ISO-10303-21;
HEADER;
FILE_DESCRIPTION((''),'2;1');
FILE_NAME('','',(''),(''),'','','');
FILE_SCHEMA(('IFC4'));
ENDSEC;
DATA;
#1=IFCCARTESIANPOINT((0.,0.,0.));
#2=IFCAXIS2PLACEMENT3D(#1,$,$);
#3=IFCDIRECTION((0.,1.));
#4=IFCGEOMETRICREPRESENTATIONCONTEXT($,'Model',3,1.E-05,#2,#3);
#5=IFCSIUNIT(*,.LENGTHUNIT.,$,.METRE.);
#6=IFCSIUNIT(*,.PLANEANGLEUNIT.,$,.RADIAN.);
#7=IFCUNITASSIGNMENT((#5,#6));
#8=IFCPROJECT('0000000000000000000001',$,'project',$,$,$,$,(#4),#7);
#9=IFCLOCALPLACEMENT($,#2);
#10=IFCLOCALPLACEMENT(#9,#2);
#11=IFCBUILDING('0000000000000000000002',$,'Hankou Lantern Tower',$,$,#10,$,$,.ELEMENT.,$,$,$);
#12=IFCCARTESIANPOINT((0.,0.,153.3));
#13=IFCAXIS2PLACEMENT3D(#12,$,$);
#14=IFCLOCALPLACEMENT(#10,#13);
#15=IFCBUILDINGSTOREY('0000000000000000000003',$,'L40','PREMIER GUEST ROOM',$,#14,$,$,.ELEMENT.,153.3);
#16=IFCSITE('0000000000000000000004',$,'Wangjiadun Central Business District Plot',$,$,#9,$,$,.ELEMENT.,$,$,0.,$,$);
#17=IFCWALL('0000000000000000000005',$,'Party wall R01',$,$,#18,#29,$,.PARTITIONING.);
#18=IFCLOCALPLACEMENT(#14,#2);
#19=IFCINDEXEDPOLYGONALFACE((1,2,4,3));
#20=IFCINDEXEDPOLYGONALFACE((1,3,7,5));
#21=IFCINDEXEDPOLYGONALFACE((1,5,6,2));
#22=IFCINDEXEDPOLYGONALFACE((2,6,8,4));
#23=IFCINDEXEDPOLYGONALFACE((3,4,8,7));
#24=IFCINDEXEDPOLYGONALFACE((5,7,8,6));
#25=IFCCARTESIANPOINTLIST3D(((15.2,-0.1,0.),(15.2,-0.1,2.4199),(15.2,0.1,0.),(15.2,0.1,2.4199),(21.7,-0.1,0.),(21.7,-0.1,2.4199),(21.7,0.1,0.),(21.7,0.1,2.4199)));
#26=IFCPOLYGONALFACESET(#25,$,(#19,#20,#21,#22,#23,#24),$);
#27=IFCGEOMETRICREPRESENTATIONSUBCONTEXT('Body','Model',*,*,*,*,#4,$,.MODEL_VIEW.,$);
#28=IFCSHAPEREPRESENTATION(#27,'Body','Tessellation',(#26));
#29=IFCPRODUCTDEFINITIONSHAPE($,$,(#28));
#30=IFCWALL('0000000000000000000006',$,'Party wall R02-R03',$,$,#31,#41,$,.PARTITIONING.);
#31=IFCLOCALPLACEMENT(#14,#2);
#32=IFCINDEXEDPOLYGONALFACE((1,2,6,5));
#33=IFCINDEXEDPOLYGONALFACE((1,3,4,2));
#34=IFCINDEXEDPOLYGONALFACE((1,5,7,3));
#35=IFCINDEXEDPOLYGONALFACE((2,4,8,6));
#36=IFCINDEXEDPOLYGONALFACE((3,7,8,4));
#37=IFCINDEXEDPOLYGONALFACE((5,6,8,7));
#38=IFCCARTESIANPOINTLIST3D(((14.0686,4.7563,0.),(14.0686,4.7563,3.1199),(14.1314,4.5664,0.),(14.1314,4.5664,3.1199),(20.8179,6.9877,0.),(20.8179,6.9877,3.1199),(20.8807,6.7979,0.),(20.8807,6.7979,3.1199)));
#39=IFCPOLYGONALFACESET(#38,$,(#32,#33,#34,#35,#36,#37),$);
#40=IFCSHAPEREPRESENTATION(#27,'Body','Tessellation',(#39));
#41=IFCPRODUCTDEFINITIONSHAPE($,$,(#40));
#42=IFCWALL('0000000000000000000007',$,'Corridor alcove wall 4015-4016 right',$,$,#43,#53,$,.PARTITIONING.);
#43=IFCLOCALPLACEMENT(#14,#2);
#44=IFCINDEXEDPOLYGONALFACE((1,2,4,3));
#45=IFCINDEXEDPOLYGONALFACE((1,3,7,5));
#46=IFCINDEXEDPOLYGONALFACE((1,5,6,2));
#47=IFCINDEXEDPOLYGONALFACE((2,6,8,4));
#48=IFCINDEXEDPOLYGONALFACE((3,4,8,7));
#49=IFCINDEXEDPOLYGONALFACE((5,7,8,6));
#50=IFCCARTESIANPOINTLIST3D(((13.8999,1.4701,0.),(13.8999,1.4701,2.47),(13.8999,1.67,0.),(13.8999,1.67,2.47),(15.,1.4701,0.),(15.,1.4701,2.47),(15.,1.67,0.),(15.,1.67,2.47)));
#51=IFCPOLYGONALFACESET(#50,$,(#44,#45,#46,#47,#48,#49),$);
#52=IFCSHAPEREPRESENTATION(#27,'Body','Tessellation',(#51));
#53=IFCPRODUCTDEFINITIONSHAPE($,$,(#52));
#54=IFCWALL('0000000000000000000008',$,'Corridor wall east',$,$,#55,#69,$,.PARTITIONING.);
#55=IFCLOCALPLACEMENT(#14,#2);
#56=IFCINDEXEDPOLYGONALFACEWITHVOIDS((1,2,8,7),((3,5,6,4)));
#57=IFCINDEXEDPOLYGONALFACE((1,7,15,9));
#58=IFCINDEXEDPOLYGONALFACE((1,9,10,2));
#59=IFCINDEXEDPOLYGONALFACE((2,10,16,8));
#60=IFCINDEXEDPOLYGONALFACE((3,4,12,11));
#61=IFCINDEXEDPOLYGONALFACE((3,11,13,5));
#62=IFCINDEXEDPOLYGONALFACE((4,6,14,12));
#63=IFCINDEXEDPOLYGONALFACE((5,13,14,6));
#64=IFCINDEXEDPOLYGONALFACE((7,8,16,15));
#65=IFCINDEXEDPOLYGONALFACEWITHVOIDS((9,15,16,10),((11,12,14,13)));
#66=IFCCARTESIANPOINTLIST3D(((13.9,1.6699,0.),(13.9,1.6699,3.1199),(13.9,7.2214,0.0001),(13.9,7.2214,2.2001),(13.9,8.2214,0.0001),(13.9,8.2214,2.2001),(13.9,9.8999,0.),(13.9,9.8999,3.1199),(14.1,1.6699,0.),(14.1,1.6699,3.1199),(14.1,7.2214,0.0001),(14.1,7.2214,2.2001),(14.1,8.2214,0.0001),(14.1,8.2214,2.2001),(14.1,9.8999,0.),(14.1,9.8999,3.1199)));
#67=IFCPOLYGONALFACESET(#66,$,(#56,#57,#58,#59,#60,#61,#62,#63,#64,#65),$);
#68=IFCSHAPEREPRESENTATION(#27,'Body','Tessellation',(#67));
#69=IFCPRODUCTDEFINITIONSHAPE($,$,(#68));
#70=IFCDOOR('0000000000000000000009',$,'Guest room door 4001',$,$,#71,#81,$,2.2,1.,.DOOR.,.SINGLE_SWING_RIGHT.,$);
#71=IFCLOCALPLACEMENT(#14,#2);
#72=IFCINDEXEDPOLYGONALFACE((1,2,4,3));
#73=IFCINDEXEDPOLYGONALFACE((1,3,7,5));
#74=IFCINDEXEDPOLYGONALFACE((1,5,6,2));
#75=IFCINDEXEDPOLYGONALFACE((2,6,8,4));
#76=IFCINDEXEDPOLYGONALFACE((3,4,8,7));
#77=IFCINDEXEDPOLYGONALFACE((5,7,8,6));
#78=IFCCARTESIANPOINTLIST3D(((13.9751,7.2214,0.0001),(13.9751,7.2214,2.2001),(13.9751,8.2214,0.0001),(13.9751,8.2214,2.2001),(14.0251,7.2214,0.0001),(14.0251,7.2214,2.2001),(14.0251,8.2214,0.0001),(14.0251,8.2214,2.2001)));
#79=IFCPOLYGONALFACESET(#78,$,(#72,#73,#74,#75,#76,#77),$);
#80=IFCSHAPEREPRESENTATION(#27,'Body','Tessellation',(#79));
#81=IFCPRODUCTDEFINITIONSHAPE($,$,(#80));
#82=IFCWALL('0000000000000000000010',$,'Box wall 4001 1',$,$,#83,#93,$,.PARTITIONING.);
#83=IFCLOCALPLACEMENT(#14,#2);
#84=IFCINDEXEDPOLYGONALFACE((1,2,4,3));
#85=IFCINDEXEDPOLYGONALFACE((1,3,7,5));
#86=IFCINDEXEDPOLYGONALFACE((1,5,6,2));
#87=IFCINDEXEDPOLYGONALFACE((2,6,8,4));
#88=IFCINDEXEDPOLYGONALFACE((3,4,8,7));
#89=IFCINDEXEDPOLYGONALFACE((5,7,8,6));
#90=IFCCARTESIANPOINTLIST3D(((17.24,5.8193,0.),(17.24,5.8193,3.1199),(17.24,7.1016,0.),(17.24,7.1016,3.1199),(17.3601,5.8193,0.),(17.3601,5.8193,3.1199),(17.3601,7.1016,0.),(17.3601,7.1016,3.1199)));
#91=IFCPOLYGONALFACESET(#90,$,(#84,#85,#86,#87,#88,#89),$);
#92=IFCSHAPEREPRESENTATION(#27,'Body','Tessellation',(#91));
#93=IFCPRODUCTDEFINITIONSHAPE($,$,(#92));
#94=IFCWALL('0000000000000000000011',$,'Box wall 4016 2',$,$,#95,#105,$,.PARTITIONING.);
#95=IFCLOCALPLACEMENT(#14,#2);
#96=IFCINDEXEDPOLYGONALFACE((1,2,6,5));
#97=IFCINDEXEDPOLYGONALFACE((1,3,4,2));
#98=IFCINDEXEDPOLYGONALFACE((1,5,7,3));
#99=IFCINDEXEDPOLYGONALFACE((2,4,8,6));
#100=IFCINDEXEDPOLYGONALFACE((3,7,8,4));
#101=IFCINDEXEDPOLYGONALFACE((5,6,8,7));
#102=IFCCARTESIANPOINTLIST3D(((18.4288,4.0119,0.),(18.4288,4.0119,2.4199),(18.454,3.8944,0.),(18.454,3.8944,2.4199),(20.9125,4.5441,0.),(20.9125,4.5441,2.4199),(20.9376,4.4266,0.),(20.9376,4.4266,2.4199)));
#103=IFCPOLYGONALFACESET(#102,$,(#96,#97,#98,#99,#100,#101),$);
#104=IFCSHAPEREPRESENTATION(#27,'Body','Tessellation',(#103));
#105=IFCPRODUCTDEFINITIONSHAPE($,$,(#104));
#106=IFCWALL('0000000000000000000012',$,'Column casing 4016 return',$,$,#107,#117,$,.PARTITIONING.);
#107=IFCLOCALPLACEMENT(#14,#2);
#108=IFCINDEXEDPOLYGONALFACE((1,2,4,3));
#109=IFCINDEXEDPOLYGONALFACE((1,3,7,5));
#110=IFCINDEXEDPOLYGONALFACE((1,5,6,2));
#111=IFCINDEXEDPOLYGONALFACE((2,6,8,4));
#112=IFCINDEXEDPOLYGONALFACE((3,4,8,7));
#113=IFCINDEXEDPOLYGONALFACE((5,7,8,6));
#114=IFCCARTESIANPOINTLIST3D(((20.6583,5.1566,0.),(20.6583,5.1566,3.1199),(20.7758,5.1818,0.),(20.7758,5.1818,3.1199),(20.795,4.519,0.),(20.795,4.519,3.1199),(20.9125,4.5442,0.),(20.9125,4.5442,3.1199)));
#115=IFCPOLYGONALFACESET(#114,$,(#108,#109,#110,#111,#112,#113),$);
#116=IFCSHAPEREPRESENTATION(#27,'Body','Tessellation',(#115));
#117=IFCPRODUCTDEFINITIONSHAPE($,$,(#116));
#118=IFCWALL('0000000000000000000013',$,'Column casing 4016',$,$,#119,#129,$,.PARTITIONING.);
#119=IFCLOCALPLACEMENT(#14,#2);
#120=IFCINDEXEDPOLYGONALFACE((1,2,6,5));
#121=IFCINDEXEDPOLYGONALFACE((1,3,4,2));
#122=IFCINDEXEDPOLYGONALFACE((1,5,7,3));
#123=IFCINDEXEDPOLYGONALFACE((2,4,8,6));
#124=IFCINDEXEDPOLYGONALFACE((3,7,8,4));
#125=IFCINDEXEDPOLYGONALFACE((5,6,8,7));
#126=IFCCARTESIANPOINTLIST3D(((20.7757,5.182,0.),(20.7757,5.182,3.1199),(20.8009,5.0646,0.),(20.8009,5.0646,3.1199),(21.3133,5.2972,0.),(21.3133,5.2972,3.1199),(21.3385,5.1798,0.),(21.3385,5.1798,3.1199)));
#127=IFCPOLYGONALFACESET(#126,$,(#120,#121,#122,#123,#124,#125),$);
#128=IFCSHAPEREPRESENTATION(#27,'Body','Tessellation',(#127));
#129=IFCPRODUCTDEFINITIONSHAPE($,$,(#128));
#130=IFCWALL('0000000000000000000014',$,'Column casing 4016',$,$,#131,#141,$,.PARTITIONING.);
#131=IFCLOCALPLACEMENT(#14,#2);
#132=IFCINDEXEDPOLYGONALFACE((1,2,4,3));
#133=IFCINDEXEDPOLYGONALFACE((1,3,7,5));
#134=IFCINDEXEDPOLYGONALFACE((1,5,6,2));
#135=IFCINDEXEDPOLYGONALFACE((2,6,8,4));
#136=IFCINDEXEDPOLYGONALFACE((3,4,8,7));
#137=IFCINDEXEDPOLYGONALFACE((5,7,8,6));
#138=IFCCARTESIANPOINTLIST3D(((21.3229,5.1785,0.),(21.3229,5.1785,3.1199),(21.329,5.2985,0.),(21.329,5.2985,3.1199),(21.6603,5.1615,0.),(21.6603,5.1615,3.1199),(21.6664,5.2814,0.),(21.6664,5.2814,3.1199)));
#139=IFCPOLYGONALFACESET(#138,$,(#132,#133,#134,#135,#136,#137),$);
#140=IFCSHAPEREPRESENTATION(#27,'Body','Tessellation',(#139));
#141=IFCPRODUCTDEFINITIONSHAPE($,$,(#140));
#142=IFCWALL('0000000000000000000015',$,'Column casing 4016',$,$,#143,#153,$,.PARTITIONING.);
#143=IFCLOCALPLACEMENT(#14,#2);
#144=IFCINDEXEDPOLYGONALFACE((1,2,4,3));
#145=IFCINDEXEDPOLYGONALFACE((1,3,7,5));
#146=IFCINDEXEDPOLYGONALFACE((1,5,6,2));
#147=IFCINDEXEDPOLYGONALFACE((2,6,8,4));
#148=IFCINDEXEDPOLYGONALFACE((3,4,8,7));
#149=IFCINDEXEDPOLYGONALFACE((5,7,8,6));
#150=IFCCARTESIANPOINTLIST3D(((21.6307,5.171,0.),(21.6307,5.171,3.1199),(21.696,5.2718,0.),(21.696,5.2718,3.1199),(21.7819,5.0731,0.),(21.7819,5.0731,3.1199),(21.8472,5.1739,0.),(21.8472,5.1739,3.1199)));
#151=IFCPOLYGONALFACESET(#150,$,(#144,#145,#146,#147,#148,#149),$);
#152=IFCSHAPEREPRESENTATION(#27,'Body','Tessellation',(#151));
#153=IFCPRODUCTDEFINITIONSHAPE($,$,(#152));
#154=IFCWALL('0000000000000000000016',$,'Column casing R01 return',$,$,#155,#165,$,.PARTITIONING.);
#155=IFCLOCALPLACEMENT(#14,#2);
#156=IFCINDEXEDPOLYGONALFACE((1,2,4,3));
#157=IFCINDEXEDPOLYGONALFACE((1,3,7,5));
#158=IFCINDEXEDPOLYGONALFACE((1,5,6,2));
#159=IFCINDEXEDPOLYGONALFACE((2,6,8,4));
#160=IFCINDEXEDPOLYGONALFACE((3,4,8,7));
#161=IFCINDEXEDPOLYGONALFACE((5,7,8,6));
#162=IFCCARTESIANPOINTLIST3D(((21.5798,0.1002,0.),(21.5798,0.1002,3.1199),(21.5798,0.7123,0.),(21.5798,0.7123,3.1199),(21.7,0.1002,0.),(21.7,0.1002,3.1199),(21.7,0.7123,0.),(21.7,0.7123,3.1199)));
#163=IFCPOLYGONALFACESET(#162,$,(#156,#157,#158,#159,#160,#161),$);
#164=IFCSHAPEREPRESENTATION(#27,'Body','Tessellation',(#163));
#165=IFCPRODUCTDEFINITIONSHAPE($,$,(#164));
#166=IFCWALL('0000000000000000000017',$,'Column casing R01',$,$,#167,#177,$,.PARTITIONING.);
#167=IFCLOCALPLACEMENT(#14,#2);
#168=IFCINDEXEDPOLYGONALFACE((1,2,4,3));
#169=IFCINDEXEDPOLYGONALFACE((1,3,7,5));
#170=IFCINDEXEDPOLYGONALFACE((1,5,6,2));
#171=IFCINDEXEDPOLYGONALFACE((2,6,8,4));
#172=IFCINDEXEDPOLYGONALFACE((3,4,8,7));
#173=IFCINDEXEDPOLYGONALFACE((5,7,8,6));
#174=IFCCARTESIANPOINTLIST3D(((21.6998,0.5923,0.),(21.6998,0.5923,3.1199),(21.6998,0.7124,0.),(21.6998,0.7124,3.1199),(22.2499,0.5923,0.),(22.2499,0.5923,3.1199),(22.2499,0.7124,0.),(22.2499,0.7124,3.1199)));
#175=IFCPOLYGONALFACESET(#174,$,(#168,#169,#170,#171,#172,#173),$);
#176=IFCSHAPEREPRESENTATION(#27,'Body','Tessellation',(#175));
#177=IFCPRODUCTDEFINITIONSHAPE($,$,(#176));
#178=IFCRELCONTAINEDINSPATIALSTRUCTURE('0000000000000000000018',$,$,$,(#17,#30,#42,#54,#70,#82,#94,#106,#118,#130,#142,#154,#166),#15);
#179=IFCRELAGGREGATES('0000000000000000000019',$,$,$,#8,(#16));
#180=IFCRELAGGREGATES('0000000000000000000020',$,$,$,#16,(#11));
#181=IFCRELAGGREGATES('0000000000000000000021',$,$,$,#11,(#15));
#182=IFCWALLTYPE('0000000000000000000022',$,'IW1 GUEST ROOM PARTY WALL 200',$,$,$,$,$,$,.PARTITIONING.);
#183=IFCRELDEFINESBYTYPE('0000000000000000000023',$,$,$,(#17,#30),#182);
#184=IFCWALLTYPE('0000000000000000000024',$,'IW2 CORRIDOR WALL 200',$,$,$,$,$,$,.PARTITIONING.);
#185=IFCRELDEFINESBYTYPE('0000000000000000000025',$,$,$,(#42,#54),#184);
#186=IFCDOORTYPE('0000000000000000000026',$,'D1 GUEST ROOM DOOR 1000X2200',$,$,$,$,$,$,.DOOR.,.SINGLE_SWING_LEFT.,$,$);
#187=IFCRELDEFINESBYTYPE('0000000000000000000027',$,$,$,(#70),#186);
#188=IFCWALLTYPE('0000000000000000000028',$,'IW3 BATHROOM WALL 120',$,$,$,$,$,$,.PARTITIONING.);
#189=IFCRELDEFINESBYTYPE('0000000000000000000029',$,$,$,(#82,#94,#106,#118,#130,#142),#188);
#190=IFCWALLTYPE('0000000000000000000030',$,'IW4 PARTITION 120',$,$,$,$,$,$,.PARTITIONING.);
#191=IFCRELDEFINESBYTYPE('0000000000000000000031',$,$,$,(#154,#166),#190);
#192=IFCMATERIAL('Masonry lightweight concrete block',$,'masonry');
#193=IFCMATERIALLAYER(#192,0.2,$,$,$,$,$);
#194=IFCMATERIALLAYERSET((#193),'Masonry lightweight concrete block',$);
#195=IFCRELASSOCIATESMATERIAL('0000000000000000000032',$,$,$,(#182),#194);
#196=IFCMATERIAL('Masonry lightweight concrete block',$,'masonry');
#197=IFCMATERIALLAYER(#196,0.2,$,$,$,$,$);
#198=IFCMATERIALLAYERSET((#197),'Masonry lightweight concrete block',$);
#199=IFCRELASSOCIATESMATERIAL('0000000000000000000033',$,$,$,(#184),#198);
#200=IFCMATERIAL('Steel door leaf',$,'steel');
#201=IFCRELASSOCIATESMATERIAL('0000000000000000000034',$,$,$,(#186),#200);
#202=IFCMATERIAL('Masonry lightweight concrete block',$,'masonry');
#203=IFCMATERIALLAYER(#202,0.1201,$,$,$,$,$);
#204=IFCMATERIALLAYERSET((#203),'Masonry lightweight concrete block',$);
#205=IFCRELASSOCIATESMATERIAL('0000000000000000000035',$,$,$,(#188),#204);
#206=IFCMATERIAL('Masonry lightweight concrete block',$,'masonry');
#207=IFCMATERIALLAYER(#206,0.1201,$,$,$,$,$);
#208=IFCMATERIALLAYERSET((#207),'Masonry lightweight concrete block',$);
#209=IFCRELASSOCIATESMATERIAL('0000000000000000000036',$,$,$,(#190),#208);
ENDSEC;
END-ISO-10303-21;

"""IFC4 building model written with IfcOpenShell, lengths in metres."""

from ifc_helpers import new_model, si_unit, direction, frame, frame_2d, origin, place, context, subcontext, project, spatial, rectangle, extrude, material, layer, layer_set, type_object, element, fill, save


model = new_model("IFC4")

# Units and contexts
model_context = context("Model", 3, precision=1e-05, world=origin(), true_north=direction((0.0, 1.0)))
body_context = subcontext(model_context, "Body", "Model", "MODEL_VIEW")
ifc_project = project(units=[si_unit("LENGTHUNIT", "METRE"), si_unit("PLANEANGLEUNIT", "RADIAN")], contexts=[model_context])

# Site, building, storey
site_placement = place(None, origin())
site = spatial("IfcSite", under=ifc_project, at=site_placement, Name="Wangjiadun Central Business District Plot", CompositionType="ELEMENT", RefElevation=0.0)
building_placement = place(site_placement, origin())
building = spatial("IfcBuilding", under=site, at=building_placement, Name="Hankou Lantern Tower", CompositionType="ELEMENT")
storey_placement = place(building_placement, frame((0.0, 0.0, 153.3)))
storey = spatial("IfcBuildingStorey", under=building, at=storey_placement, Name="L40", Description="PREMIER GUEST ROOM", CompositionType="ELEMENT", Elevation=153.3)

# Walls
ifc_material_1 = material(Name="Masonry lightweight concrete block", Category="masonry")
ifc_layer_1 = layer(ifc_material_1, 0.2)
ifc_layer_set_1 = layer_set([ifc_layer_1], Name="Masonry lightweight concrete block")
wall_type_1 = type_object("IfcWallType", Name="IW1 GUEST ROOM PARTY WALL 200", PredefinedType="PARTITIONING", material=ifc_layer_set_1)
wall_1_placement = place(storey_placement, frame((15.2, 0.0, 0.0), z_axis=(0.0, 0.0, 1.0), x_axis=(1.0, 0.0, 0.0)))
element("IfcWall", 1, at=wall_1_placement, inside=storey, type_object=wall_type_1, Name="Party wall R01", PredefinedType="PARTITIONING", context=body_context, shape_type="SweptSolid", body=[
    extrude(rectangle(XDim=6.5, YDim=0.2, at=frame_2d((3.25, 0.0))), origin(), (0.0, 0.0, 1.0), 2.4199),
])
wall_2_placement = place(storey_placement, frame((14.1001, 4.6614, 0.0), z_axis=(0.0, 0.0, 1.0), x_axis=(0.949453, 0.313909, 0.0)))
element("IfcWall", 2, at=wall_2_placement, inside=storey, type_object=wall_type_1, Name="Party wall R02-R03", PredefinedType="PARTITIONING", context=body_context, shape_type="SweptSolid", body=[
    extrude(rectangle(XDim=7.1086, YDim=0.2, at=frame_2d((3.5542, 0.0))), origin(), (0.0, 0.0, 1.0), 3.1199),
])
ifc_material_2 = material(Name="Masonry lightweight concrete block", Category="masonry")
ifc_layer_2 = layer(ifc_material_2, 0.2)
ifc_layer_set_2 = layer_set([ifc_layer_2], Name="Masonry lightweight concrete block")
wall_type_2 = type_object("IfcWallType", Name="IW2 CORRIDOR WALL 200", PredefinedType="PARTITIONING", material=ifc_layer_set_2)
wall_3_placement = place(storey_placement, frame((13.8999, 1.5701, 0.0), z_axis=(0.0, 0.0, 1.0), x_axis=(1.0, 0.0, 0.0)))
element("IfcWall", 3, at=wall_3_placement, inside=storey, type_object=wall_type_2, Name="Corridor alcove wall 4015-4016 right", PredefinedType="PARTITIONING", context=body_context, shape_type="SweptSolid", body=[
    extrude(rectangle(XDim=1.1001, YDim=0.2, at=frame_2d((0.55, 0.0))), origin(), (0.0, 0.0, 1.0), 2.47),
])

# Wall, opening, door
wall_4_placement = place(storey_placement, frame((14.0, 1.6699, 0.0), z_axis=(0.0, 0.0, 1.0), x_axis=(0.0, 1.0, 0.0)))
wall_4 = element("IfcWall", 4, at=wall_4_placement, inside=storey, type_object=wall_type_2, Name="Corridor wall east", PredefinedType="PARTITIONING", context=body_context, shape_type="SweptSolid", body=[
    extrude(rectangle(XDim=8.23, YDim=0.2, at=frame_2d((4.115, 0.0))), origin(), (0.0, 0.0, 1.0), 3.1199),
])
opening_1_placement = place(wall_4_placement, frame((5.5515, 0.0, 0.0)))
opening_1 = element("IfcOpeningElement", 5, at=opening_1_placement, cuts=wall_4, PredefinedType="OPENING", context=body_context, shape_type="SweptSolid", body=[
    extrude(rectangle(XDim=1.0, YDim=2.2, at=frame_2d((0.5, 1.1001))), frame((0.0, 0.1099, 0.0), z_axis=(0.0, -1.0, 0.0), x_axis=(1.0, 0.0, 0.0)), (0.0, 0.0, 1.0), 0.22),
])
ifc_material_3 = material(Name="Steel door leaf", Category="steel")
door_type = type_object("IfcDoorType", Name="D1 GUEST ROOM DOOR 1000X2200", OperationType="SINGLE_SWING_LEFT", PredefinedType="DOOR", material=ifc_material_3)
door_placement = place(opening_1_placement, origin())
door = element("IfcDoor", 6, at=door_placement, inside=storey, type_object=door_type, Name="Guest room door 4001", OperationType="SINGLE_SWING_RIGHT", OverallHeight=2.2, OverallWidth=1.0, PredefinedType="DOOR", context=body_context, shape_type="SweptSolid", body=[
    extrude(rectangle(XDim=1.0, YDim=2.2, at=frame_2d((0.5, 1.1001))), frame((0.0, 0.0249, 0.0), z_axis=(0.0, -1.0, 0.0), x_axis=(1.0, 0.0, 0.0)), (0.0, 0.0, 1.0), 0.05),
])
fill(opening_1, door)

# Walls
ifc_material_4 = material(Name="Masonry lightweight concrete block", Category="masonry")
ifc_layer_3 = layer(ifc_material_4, 0.1201)
ifc_layer_set_3 = layer_set([ifc_layer_3], Name="Masonry lightweight concrete block")
wall_type_3 = type_object("IfcWallType", Name="IW3 BATHROOM WALL 120", PredefinedType="PARTITIONING", material=ifc_layer_set_3)
wall_5_placement = place(storey_placement, frame((17.3, 5.8193, 0.0), z_axis=(0.0, 0.0, 1.0), x_axis=(0.0, 1.0, 0.0)))
element("IfcWall", 7, at=wall_5_placement, inside=storey, type_object=wall_type_3, Name="Box wall 4001 1", PredefinedType="PARTITIONING", context=body_context, shape_type="SweptSolid", body=[
    extrude(rectangle(XDim=1.2822, YDim=0.1201, at=frame_2d((0.6411, 0.0))), origin(), (0.0, 0.0, 1.0), 3.1199),
])
wall_6_placement = place(storey_placement, frame((18.4414, 3.9531, 0.0), z_axis=(0.0, 0.0, 1.0), x_axis=(0.977801, 0.209536, 0.0)))
element("IfcWall", 8, at=wall_6_placement, inside=storey, type_object=wall_type_3, Name="Box wall 4016 2", PredefinedType="PARTITIONING", context=body_context, shape_type="SweptSolid", body=[
    extrude(rectangle(XDim=2.54, YDim=0.1201, at=frame_2d((1.27, 0.0))), origin(), (0.0, 0.0, 1.0), 2.4199),
])
wall_7_placement = place(storey_placement, frame((20.8538, 4.5315, 0.0), z_axis=(0.0, 0.0, 1.0), x_axis=(-0.209631, 0.97778, 0.0)))
element("IfcWall", 9, at=wall_7_placement, inside=storey, type_object=wall_type_3, Name="Column casing 4016 return", PredefinedType="PARTITIONING", context=body_context, shape_type="SweptSolid", body=[
    extrude(rectangle(XDim=0.6521, YDim=0.1201, at=frame_2d((0.3262, 0.0))), origin(), (0.0, 0.0, 1.0), 3.1199),
])
wall_8_placement = place(storey_placement, frame((20.7883, 5.1233, 0.0), z_axis=(0.0, 0.0, 1.0), x_axis=(0.977789, 0.20959, 0.0)))
element("IfcWall", 10, at=wall_8_placement, inside=storey, type_object=wall_type_3, Name="Column casing 4016", PredefinedType="PARTITIONING", context=body_context, shape_type="SweptSolid", body=[
    extrude(rectangle(XDim=0.5498, YDim=0.1201, at=frame_2d((0.2749, 0.0))), origin(), (0.0, 0.0, 1.0), 3.1199),
])
wall_9_placement = place(storey_placement, frame((21.3259, 5.2385, 0.0), z_axis=(0.0, 0.0, 1.0), x_axis=(0.99872, -0.050586, 0.0)))
element("IfcWall", 11, at=wall_9_placement, inside=storey, type_object=wall_type_3, Name="Column casing 4016", PredefinedType="PARTITIONING", context=body_context, shape_type="SweptSolid", body=[
    extrude(rectangle(XDim=0.3379, YDim=0.1201, at=frame_2d((0.1689, 0.0))), origin(), (0.0, 0.0, 1.0), 3.1199),
])
wall_10_placement = place(storey_placement, frame((21.6633, 5.2214, 0.0), z_axis=(0.0, 0.0, 1.0), x_axis=(0.839279, -0.543701, 0.0)))
element("IfcWall", 12, at=wall_10_placement, inside=storey, type_object=wall_type_3, Name="Column casing 4016", PredefinedType="PARTITIONING", context=body_context, shape_type="SweptSolid", body=[
    extrude(rectangle(XDim=0.1802, YDim=0.1201, at=frame_2d((0.0901, 0.0))), origin(), (0.0, 0.0, 1.0), 3.1199),
])
ifc_material_5 = material(Name="Masonry lightweight concrete block", Category="masonry")
ifc_layer_4 = layer(ifc_material_5, 0.1201)
ifc_layer_set_4 = layer_set([ifc_layer_4], Name="Masonry lightweight concrete block")
wall_type_4 = type_object("IfcWallType", Name="IW4 PARTITION 120", PredefinedType="PARTITIONING", material=ifc_layer_set_4)
wall_11_placement = place(storey_placement, frame((21.6399, 0.1001, 0.0), z_axis=(0.0, 0.0, 1.0), x_axis=(0.0, 1.0, 0.0)))
element("IfcWall", 13, at=wall_11_placement, inside=storey, type_object=wall_type_4, Name="Column casing R01 return", PredefinedType="PARTITIONING", context=body_context, shape_type="SweptSolid", body=[
    extrude(rectangle(XDim=0.6121, YDim=0.1201, at=frame_2d((0.3062, 0.0))), origin(), (0.0, 0.0, 1.0), 3.1199),
])
wall_12_placement = place(storey_placement, frame((21.7, 0.6523, 0.0), z_axis=(0.0, 0.0, 1.0), x_axis=(1.0, 0.0, 0.0)))
element("IfcWall", 14, at=wall_12_placement, inside=storey, type_object=wall_type_4, Name="Column casing R01", PredefinedType="PARTITIONING", context=body_context, shape_type="SweptSolid", body=[
    extrude(rectangle(XDim=0.55, YDim=0.1201, at=frame_2d((0.2749, 0.0))), origin(), (0.0, 0.0, 1.0), 3.1199),
])

save(model, "model.ifc")
